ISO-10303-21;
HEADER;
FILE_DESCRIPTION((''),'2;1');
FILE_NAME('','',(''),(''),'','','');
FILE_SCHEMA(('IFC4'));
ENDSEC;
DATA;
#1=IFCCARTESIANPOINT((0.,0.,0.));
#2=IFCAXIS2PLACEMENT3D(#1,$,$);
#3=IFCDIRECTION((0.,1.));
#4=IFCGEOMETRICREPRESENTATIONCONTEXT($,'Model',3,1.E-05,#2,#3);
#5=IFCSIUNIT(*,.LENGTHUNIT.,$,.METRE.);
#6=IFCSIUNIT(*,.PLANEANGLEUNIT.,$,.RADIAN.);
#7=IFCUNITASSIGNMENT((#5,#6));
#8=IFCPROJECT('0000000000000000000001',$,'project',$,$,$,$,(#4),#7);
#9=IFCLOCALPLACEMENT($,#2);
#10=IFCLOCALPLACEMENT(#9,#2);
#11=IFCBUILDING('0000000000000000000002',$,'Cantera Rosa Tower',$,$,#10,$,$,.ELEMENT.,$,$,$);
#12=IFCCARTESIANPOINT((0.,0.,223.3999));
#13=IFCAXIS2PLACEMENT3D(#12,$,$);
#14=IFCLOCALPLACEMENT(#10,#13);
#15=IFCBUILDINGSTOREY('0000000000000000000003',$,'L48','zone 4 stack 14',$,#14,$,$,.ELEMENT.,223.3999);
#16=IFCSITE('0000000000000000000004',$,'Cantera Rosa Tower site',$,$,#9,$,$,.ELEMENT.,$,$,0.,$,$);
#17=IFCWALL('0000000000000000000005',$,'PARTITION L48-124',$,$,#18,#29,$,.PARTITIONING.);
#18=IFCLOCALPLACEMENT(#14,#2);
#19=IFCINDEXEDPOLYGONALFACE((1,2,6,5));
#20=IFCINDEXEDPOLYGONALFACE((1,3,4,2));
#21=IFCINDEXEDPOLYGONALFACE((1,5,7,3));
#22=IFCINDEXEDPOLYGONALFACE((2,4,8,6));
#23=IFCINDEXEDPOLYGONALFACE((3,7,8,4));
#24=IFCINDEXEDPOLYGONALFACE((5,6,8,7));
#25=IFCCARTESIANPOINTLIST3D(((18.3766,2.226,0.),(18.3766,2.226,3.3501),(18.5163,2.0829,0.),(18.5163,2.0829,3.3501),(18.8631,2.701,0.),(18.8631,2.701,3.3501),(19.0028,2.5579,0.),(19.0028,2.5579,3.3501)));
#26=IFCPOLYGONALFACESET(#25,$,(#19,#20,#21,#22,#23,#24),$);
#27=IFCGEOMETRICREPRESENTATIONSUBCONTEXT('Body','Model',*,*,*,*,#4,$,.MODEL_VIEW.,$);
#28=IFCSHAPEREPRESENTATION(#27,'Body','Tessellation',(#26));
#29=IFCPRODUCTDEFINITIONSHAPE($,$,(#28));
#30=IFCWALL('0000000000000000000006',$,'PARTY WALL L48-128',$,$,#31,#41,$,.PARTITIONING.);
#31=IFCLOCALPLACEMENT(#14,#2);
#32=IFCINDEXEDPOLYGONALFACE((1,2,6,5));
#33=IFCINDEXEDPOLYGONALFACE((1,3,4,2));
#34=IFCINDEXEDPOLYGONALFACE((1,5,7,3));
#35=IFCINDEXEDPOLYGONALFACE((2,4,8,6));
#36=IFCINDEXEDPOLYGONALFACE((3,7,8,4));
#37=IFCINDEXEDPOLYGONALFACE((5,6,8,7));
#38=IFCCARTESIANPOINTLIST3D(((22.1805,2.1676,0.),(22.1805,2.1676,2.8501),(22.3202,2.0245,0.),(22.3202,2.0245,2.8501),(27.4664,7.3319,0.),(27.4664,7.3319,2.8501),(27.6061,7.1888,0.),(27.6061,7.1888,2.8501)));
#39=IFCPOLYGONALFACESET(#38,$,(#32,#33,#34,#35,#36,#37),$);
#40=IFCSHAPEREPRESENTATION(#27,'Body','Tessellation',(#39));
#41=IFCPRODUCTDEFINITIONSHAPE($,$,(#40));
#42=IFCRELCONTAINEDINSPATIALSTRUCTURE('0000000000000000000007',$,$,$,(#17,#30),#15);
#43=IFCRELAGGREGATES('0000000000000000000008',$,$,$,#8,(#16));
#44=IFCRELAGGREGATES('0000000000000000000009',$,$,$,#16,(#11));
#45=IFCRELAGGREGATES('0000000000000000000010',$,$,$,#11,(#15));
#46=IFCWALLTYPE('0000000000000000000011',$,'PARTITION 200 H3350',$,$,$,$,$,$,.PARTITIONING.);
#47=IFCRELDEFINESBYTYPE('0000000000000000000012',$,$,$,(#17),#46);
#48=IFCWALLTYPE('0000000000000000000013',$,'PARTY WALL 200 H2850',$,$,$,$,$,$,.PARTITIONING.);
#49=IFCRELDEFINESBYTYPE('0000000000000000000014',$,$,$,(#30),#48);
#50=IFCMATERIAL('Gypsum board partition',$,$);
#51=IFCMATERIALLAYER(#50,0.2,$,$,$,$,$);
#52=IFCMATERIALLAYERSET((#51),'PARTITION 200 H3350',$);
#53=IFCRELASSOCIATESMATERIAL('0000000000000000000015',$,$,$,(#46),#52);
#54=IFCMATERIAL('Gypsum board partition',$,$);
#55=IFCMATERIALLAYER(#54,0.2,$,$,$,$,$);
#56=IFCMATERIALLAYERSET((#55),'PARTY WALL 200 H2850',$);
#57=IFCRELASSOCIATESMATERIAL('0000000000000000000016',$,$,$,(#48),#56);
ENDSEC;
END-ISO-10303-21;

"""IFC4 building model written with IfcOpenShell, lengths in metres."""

from ifc_helpers import new_model, si_unit, direction, frame, frame_2d, origin, place, context, subcontext, project, spatial, rectangle, extrude, material, layer, layer_set, type_object, element, save


model = new_model("IFC4")

# Units and contexts
model_context = context("Model", 3, precision=1e-05, world=origin(), true_north=direction((0.0, 1.0)))
body_context = subcontext(model_context, "Body", "Model", "MODEL_VIEW")
ifc_project = project(units=[si_unit("LENGTHUNIT", "METRE"), si_unit("PLANEANGLEUNIT", "RADIAN")], contexts=[model_context])

# Site, building, storey
site_placement = place(None, origin())
site = spatial("IfcSite", under=ifc_project, at=site_placement, Name="Cantera Rosa Tower site", CompositionType="ELEMENT", RefElevation=0.0)
building_placement = place(site_placement, origin())
building = spatial("IfcBuilding", under=site, at=building_placement, Name="Cantera Rosa Tower", CompositionType="ELEMENT")
storey_placement = place(building_placement, frame((0.0, 0.0, 223.3999)))
storey = spatial("IfcBuildingStorey", under=building, at=storey_placement, Name="L48", Description="zone 4 stack 14", CompositionType="ELEMENT", Elevation=223.3999)

# Walls
ifc_material_1 = material(Name="Gypsum board partition")
ifc_layer_1 = layer(ifc_material_1, 0.2)
ifc_layer_set_1 = layer_set([ifc_layer_1], Name="PARTITION 200 H3350")
wall_type_1 = type_object("IfcWallType", Name="PARTITION 200 H3350", PredefinedType="PARTITIONING", material=ifc_layer_set_1)
wall_1_placement = place(storey_placement, frame((18.9329, 2.6294, 0.0), z_axis=(0.0, 0.0, 1.0), x_axis=(-0.715493, -0.69862, 0.0)))
element("IfcWall", 1, at=wall_1_placement, inside=storey, type_object=wall_type_1, Name="PARTITION L48-124", PredefinedType="PARTITIONING", context=body_context, shape_type="SweptSolid", body=[
    extrude(rectangle(XDim=0.6799, YDim=0.2, at=frame_2d((0.3398, 0.0))), origin(), (0.0, 0.0, 1.0), 3.3501),
])
ifc_material_2 = material(Name="Gypsum board partition")
ifc_layer_2 = layer(ifc_material_2, 0.2)
ifc_layer_set_2 = layer_set([ifc_layer_2], Name="PARTY WALL 200 H2850")
wall_type_2 = type_object("IfcWallType", Name="PARTY WALL 200 H2850", PredefinedType="PARTITIONING", material=ifc_layer_set_2)
wall_2_placement = place(storey_placement, frame((27.5361, 7.2603, 0.0), z_axis=(0.0, 0.0, 1.0), x_axis=(-0.715285, -0.698833, 0.0)))
element("IfcWall", 2, at=wall_2_placement, inside=storey, type_object=wall_type_2, Name="PARTY WALL L48-128", PredefinedType="PARTITIONING", context=body_context, shape_type="SweptSolid", body=[
    extrude(rectangle(XDim=7.3899, YDim=0.2, at=frame_2d((3.6948, 0.0))), origin(), (0.0, 0.0, 1.0), 2.8501),
])

save(model, "model.ifc")
